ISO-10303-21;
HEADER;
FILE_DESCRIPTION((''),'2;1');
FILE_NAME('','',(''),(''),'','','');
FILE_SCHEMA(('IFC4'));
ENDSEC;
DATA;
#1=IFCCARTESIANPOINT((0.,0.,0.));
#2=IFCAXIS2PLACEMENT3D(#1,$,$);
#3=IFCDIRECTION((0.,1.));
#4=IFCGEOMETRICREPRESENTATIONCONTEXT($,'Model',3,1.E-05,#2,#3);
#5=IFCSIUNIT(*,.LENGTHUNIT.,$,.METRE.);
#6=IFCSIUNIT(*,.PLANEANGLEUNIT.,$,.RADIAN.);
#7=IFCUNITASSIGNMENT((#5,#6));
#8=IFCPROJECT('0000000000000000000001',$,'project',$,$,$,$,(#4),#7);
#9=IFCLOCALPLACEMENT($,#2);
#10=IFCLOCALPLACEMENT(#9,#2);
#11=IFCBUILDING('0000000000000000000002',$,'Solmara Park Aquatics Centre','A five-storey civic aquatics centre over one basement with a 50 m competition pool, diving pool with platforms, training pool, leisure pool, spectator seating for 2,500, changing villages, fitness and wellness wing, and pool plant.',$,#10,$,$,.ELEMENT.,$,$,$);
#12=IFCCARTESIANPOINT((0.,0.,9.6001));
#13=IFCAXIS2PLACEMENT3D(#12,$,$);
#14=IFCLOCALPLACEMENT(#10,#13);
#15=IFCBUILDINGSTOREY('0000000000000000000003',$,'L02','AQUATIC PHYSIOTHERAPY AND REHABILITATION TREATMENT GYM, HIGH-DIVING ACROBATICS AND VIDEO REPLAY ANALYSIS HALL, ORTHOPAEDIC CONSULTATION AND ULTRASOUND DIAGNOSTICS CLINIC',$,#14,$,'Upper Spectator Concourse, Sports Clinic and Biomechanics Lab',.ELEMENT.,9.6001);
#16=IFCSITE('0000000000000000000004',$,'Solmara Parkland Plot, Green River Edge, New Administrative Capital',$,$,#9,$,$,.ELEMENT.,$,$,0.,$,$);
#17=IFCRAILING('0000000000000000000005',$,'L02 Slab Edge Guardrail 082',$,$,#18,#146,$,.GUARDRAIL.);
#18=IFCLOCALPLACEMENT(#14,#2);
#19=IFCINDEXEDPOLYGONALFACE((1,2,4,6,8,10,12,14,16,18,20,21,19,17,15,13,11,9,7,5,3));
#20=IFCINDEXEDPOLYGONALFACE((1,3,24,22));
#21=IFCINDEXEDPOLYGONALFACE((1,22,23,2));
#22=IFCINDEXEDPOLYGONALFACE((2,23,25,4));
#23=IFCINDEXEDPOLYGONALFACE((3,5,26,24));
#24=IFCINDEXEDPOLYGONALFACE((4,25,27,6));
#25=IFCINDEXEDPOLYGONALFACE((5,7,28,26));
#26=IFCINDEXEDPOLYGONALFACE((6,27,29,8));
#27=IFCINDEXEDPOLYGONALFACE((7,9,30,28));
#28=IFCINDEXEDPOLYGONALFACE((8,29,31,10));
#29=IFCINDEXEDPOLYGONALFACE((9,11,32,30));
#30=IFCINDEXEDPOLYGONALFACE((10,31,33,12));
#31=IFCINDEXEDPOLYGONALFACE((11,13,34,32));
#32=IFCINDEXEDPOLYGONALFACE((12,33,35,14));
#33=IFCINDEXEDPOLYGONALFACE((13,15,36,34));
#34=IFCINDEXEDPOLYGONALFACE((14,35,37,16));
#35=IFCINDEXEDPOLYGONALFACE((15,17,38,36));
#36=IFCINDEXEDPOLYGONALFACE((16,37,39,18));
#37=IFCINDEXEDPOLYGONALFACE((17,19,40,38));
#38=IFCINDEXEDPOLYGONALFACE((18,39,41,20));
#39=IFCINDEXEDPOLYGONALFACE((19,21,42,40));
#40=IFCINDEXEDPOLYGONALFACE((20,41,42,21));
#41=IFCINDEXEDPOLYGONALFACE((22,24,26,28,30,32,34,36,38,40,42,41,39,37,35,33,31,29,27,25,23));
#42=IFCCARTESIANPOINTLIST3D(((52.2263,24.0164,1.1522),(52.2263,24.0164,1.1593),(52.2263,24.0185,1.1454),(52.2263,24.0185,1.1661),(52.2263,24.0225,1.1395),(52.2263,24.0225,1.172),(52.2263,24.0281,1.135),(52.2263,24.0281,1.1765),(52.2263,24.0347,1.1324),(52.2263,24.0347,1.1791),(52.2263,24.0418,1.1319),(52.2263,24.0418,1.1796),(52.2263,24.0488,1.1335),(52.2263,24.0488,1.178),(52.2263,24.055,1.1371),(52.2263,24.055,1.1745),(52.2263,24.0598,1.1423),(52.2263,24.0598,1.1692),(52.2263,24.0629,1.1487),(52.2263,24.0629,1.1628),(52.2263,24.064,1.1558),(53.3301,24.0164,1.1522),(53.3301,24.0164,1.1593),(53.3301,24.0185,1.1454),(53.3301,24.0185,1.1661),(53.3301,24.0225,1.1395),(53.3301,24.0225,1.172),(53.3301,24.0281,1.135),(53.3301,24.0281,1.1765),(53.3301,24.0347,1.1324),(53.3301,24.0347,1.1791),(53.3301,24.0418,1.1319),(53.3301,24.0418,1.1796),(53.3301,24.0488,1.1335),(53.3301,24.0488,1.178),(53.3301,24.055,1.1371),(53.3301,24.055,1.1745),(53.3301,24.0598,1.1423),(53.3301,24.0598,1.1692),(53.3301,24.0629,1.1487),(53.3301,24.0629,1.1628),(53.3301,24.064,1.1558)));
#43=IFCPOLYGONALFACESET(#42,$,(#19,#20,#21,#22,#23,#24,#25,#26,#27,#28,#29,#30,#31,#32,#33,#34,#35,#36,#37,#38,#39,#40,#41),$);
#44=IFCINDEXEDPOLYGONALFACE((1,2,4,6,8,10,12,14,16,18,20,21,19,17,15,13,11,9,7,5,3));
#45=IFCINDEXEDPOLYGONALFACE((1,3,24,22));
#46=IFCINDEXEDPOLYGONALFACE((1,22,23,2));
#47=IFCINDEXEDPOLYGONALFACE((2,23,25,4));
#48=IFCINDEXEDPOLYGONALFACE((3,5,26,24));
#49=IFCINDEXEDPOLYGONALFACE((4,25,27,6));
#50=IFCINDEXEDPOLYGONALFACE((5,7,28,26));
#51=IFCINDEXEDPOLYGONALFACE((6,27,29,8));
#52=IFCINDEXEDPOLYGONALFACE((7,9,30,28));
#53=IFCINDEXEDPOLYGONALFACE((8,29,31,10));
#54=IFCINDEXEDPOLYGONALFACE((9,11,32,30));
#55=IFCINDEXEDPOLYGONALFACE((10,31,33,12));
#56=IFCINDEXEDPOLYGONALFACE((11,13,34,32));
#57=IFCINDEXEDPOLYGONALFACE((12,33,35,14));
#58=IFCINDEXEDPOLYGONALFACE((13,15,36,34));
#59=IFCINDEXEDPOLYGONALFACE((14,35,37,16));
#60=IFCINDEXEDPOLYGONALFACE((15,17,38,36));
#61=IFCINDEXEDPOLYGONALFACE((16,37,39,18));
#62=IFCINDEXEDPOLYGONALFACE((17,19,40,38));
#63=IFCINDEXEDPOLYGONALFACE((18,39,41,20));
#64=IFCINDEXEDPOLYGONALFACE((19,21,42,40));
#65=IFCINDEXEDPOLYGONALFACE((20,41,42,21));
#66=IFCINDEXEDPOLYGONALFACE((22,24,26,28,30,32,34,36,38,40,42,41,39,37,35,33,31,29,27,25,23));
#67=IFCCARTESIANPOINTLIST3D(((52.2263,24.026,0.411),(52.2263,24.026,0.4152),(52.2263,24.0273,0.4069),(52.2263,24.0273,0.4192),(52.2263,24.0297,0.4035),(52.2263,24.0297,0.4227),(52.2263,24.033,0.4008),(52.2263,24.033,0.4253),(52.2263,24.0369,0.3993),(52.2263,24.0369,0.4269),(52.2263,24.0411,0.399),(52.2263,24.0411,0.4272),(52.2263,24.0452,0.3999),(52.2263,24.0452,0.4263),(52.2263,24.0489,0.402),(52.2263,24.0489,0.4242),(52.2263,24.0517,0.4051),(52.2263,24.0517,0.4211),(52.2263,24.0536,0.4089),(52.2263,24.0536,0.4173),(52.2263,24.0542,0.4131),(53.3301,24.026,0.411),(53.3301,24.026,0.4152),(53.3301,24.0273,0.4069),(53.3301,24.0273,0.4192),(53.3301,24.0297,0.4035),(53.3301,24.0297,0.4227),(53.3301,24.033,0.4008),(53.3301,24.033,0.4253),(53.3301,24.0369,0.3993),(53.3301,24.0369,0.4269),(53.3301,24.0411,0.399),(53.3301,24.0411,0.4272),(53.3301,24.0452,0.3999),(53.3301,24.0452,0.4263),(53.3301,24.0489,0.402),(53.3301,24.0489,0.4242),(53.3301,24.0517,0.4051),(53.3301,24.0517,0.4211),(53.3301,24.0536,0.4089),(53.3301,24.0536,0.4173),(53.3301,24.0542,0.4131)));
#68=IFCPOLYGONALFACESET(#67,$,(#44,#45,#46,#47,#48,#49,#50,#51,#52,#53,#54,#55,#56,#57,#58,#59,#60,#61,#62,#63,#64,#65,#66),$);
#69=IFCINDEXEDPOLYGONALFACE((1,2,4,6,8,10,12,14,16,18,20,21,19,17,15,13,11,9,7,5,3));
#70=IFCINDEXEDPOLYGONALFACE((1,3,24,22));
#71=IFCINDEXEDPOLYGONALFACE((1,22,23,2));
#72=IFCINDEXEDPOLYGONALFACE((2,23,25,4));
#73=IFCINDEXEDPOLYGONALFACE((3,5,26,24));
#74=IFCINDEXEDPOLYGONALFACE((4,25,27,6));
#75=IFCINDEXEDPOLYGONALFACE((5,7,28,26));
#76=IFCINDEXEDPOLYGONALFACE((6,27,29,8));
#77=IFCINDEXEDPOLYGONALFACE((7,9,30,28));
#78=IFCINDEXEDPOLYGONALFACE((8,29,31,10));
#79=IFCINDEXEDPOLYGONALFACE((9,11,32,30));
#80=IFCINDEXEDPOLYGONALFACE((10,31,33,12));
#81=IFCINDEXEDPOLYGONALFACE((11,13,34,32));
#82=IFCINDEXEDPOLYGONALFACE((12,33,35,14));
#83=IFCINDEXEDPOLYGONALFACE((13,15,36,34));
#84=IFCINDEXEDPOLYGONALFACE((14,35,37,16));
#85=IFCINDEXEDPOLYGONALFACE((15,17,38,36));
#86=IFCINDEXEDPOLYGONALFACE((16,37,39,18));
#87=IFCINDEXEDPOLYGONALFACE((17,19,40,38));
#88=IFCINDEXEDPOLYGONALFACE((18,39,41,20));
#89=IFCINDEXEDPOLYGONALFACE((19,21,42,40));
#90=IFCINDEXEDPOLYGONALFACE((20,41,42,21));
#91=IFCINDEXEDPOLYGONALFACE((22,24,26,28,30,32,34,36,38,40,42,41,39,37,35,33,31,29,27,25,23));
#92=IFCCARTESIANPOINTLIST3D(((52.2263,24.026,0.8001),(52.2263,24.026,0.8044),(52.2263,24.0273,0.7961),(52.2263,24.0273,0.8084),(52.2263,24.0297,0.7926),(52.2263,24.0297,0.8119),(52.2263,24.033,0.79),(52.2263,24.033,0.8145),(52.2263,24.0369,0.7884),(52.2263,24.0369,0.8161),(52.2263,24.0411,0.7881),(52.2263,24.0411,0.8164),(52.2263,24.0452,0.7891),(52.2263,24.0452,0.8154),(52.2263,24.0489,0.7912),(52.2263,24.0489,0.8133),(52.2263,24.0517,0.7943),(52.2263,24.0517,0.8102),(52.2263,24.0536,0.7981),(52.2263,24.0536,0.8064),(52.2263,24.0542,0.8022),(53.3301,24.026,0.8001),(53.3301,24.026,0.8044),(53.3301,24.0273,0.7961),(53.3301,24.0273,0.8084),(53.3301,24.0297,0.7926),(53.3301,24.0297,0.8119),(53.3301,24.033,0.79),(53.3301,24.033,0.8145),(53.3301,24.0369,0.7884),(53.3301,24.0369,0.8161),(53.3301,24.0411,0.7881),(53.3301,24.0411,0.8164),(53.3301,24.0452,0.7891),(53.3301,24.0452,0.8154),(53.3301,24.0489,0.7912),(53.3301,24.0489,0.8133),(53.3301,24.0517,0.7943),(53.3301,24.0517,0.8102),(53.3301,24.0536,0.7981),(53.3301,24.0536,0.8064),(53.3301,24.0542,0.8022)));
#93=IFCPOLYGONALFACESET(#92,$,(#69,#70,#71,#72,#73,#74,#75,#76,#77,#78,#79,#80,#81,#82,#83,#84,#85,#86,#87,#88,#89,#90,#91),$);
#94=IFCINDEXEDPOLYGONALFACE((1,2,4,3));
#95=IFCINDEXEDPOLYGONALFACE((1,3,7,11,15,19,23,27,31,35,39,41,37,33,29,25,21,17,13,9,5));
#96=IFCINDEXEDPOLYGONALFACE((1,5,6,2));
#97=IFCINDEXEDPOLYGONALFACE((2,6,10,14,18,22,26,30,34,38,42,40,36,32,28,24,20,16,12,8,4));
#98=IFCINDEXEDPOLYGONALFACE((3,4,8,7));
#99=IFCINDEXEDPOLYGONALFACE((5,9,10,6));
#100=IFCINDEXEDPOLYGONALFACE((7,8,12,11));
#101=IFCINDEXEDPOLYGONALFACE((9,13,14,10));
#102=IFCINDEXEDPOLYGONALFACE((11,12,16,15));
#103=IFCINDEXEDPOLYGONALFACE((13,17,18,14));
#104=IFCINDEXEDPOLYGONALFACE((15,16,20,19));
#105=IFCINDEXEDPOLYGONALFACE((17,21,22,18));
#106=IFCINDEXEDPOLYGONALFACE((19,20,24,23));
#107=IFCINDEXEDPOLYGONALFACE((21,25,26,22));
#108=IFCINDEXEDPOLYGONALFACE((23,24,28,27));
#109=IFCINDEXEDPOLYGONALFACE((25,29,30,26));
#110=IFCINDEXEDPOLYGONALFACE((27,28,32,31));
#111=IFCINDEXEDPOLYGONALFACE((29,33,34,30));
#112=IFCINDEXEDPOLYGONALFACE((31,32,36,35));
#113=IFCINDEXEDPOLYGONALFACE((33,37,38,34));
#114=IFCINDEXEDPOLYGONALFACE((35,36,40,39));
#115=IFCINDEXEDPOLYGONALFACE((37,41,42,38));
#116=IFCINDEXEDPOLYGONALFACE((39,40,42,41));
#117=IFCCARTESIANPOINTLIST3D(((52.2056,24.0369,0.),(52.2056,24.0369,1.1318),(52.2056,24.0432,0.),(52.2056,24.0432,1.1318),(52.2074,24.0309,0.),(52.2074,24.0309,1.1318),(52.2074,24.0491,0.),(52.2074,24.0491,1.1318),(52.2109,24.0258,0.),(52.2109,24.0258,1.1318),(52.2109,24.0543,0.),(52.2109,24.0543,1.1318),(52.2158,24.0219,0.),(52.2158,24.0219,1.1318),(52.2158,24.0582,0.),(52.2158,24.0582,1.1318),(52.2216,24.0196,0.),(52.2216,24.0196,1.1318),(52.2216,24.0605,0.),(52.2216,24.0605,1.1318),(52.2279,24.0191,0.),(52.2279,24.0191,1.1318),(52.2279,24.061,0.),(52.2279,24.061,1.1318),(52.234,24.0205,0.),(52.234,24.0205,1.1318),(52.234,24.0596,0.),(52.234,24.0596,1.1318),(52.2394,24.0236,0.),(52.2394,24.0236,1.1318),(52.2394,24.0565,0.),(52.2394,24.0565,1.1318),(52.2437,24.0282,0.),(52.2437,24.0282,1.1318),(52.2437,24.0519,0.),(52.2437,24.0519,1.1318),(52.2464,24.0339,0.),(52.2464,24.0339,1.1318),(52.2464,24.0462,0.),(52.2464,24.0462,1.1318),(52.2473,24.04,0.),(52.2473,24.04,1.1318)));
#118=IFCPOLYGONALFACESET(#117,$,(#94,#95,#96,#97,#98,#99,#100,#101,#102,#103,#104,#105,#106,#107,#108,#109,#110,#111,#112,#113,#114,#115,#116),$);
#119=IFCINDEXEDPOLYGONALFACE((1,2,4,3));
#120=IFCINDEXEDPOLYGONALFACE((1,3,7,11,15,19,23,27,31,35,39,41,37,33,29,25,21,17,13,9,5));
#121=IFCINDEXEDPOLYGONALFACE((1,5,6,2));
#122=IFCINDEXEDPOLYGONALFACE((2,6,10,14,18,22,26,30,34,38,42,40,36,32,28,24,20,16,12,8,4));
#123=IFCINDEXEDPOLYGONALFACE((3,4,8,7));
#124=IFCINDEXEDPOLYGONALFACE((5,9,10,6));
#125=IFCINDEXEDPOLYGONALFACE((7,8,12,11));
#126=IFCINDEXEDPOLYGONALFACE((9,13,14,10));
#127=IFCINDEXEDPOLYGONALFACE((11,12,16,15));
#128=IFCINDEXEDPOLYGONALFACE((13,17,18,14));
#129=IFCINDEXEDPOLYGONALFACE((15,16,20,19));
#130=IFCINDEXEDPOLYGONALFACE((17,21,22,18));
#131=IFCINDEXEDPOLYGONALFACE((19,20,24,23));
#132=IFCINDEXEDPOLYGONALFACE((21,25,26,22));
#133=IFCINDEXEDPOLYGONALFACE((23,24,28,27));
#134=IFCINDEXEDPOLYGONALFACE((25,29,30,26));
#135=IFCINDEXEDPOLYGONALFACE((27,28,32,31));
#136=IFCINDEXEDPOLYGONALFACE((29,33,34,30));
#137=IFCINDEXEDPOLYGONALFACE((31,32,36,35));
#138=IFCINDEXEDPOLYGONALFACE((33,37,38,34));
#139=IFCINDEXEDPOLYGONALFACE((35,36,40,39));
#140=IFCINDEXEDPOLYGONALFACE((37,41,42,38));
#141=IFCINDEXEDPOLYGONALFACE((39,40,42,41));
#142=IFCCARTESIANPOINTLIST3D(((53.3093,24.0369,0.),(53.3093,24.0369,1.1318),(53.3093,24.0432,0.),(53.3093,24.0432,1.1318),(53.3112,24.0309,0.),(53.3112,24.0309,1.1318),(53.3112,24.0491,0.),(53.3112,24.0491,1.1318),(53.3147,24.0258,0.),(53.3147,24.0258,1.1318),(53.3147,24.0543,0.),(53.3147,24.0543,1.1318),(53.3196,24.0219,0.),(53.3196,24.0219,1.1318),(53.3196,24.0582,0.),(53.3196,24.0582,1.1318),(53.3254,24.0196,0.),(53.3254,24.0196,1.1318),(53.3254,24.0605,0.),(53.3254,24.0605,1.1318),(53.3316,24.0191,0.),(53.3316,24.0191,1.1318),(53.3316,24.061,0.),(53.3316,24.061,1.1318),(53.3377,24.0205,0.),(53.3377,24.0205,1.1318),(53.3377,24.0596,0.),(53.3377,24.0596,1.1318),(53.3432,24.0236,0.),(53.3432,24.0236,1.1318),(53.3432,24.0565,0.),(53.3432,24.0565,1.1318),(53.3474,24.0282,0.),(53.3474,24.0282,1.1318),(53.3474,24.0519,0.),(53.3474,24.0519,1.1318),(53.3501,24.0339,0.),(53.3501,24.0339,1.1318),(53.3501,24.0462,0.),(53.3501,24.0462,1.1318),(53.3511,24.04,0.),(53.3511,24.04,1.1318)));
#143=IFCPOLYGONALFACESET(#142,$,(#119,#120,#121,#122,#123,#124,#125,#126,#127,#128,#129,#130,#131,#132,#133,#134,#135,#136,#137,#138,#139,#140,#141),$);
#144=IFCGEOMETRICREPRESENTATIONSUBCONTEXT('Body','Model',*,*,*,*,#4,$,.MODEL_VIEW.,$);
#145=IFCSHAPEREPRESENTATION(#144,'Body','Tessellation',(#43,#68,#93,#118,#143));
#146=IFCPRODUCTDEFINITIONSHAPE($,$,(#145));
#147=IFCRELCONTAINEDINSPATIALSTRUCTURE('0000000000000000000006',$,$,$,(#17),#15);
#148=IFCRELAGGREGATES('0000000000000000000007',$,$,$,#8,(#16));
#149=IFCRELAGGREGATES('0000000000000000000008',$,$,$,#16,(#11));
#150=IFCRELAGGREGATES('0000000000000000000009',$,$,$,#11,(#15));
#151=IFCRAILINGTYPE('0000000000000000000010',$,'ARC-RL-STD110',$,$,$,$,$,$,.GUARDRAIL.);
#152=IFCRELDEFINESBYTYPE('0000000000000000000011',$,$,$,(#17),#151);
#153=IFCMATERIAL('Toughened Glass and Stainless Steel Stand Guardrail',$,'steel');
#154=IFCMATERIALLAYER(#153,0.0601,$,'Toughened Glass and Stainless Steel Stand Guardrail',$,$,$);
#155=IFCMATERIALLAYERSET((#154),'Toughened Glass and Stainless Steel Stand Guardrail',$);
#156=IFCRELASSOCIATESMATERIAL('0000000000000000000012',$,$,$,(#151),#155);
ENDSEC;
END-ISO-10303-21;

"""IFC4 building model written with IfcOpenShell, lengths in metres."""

from ifc_helpers import new_model, si_unit, direction, frame, origin, origin_2d, place, context, subcontext, project, spatial, circle, extrude, material, layer, layer_set, type_object, element, save


model = new_model("IFC4")

# Units and contexts
model_context = context("Model", 3, precision=1e-05, world=origin(), true_north=direction((0.0, 1.0)))
body_context = subcontext(model_context, "Body", "Model", "MODEL_VIEW")
ifc_project = project(units=[si_unit("LENGTHUNIT", "METRE"), si_unit("PLANEANGLEUNIT", "RADIAN")], contexts=[model_context])

# Site, building, storey
site_placement = place(None, origin())
site = spatial("IfcSite", under=ifc_project, at=site_placement, Name="Solmara Parkland Plot, Green River Edge, New Administrative Capital", CompositionType="ELEMENT", RefElevation=0.0)
building_placement = place(site_placement, origin())
building = spatial("IfcBuilding", under=site, at=building_placement, Name="Solmara Park Aquatics Centre", Description="A five-storey civic aquatics centre over one basement with a 50 m competition pool, diving pool with platforms, training pool, leisure pool, spectator seating for 2,500, changing villages, fitness and wellness wing, and pool plant.", CompositionType="ELEMENT")
storey_placement = place(building_placement, frame((0.0, 0.0, 9.6001)))
storey = spatial("IfcBuildingStorey", under=building, at=storey_placement, Name="L02", Description="AQUATIC PHYSIOTHERAPY AND REHABILITATION TREATMENT GYM, HIGH-DIVING ACROBATICS AND VIDEO REPLAY ANALYSIS HALL, ORTHOPAEDIC CONSULTATION AND ULTRASOUND DIAGNOSTICS CLINIC", LongName="Upper Spectator Concourse, Sports Clinic and Biomechanics Lab", CompositionType="ELEMENT", Elevation=9.6001)

# Railing
ifc_material_1 = material(Name="Toughened Glass and Stainless Steel Stand Guardrail", Category="steel")
ifc_layer_1 = layer(ifc_material_1, 0.0601, Name="Toughened Glass and Stainless Steel Stand Guardrail")
ifc_layer_set_1 = layer_set([ifc_layer_1], Name="Toughened Glass and Stainless Steel Stand Guardrail")
railing_type_1 = type_object("IfcRailingType", Name="ARC-RL-STD110", PredefinedType="GUARDRAIL", material=ifc_layer_set_1)
railing_1_placement = place(storey_placement, frame((52.2263, 24.04, 0.0)))
element("IfcRailing", 1, at=railing_1_placement, inside=storey, type_object=railing_type_1, Name="L02 Slab Edge Guardrail 082", PredefinedType="GUARDRAIL", context=body_context, shape_type="SweptSolid", body=[
    extrude(circle(Radius=0.0239, at=origin_2d()), frame((0.0, 0.0, 1.1558), z_axis=(1.0, 0.0, 0.0), x_axis=(0.0, 1.0, 0.0)), (0.0, 0.0, 1.0), 1.1038),
    extrude(circle(Radius=0.0142, at=origin_2d()), frame((0.0, 0.0, 0.4131), z_axis=(1.0, 0.0, 0.0), x_axis=(0.0, 1.0, 0.0)), (0.0, 0.0, 1.0), 1.1038),
    extrude(circle(Radius=0.0142, at=origin_2d()), frame((0.0, 0.0, 0.8022), z_axis=(1.0, 0.0, 0.0), x_axis=(0.0, 1.0, 0.0)), (0.0, 0.0, 1.0), 1.1038),
    extrude(circle(Radius=0.021, at=origin_2d()), origin(), (0.0, 0.0, 1.0), 1.1318),
    extrude(circle(Radius=0.021, at=origin_2d()), frame((1.1038, 0.0, 0.0)), (0.0, 0.0, 1.0), 1.1318),
])

save(model, "model.ifc")
